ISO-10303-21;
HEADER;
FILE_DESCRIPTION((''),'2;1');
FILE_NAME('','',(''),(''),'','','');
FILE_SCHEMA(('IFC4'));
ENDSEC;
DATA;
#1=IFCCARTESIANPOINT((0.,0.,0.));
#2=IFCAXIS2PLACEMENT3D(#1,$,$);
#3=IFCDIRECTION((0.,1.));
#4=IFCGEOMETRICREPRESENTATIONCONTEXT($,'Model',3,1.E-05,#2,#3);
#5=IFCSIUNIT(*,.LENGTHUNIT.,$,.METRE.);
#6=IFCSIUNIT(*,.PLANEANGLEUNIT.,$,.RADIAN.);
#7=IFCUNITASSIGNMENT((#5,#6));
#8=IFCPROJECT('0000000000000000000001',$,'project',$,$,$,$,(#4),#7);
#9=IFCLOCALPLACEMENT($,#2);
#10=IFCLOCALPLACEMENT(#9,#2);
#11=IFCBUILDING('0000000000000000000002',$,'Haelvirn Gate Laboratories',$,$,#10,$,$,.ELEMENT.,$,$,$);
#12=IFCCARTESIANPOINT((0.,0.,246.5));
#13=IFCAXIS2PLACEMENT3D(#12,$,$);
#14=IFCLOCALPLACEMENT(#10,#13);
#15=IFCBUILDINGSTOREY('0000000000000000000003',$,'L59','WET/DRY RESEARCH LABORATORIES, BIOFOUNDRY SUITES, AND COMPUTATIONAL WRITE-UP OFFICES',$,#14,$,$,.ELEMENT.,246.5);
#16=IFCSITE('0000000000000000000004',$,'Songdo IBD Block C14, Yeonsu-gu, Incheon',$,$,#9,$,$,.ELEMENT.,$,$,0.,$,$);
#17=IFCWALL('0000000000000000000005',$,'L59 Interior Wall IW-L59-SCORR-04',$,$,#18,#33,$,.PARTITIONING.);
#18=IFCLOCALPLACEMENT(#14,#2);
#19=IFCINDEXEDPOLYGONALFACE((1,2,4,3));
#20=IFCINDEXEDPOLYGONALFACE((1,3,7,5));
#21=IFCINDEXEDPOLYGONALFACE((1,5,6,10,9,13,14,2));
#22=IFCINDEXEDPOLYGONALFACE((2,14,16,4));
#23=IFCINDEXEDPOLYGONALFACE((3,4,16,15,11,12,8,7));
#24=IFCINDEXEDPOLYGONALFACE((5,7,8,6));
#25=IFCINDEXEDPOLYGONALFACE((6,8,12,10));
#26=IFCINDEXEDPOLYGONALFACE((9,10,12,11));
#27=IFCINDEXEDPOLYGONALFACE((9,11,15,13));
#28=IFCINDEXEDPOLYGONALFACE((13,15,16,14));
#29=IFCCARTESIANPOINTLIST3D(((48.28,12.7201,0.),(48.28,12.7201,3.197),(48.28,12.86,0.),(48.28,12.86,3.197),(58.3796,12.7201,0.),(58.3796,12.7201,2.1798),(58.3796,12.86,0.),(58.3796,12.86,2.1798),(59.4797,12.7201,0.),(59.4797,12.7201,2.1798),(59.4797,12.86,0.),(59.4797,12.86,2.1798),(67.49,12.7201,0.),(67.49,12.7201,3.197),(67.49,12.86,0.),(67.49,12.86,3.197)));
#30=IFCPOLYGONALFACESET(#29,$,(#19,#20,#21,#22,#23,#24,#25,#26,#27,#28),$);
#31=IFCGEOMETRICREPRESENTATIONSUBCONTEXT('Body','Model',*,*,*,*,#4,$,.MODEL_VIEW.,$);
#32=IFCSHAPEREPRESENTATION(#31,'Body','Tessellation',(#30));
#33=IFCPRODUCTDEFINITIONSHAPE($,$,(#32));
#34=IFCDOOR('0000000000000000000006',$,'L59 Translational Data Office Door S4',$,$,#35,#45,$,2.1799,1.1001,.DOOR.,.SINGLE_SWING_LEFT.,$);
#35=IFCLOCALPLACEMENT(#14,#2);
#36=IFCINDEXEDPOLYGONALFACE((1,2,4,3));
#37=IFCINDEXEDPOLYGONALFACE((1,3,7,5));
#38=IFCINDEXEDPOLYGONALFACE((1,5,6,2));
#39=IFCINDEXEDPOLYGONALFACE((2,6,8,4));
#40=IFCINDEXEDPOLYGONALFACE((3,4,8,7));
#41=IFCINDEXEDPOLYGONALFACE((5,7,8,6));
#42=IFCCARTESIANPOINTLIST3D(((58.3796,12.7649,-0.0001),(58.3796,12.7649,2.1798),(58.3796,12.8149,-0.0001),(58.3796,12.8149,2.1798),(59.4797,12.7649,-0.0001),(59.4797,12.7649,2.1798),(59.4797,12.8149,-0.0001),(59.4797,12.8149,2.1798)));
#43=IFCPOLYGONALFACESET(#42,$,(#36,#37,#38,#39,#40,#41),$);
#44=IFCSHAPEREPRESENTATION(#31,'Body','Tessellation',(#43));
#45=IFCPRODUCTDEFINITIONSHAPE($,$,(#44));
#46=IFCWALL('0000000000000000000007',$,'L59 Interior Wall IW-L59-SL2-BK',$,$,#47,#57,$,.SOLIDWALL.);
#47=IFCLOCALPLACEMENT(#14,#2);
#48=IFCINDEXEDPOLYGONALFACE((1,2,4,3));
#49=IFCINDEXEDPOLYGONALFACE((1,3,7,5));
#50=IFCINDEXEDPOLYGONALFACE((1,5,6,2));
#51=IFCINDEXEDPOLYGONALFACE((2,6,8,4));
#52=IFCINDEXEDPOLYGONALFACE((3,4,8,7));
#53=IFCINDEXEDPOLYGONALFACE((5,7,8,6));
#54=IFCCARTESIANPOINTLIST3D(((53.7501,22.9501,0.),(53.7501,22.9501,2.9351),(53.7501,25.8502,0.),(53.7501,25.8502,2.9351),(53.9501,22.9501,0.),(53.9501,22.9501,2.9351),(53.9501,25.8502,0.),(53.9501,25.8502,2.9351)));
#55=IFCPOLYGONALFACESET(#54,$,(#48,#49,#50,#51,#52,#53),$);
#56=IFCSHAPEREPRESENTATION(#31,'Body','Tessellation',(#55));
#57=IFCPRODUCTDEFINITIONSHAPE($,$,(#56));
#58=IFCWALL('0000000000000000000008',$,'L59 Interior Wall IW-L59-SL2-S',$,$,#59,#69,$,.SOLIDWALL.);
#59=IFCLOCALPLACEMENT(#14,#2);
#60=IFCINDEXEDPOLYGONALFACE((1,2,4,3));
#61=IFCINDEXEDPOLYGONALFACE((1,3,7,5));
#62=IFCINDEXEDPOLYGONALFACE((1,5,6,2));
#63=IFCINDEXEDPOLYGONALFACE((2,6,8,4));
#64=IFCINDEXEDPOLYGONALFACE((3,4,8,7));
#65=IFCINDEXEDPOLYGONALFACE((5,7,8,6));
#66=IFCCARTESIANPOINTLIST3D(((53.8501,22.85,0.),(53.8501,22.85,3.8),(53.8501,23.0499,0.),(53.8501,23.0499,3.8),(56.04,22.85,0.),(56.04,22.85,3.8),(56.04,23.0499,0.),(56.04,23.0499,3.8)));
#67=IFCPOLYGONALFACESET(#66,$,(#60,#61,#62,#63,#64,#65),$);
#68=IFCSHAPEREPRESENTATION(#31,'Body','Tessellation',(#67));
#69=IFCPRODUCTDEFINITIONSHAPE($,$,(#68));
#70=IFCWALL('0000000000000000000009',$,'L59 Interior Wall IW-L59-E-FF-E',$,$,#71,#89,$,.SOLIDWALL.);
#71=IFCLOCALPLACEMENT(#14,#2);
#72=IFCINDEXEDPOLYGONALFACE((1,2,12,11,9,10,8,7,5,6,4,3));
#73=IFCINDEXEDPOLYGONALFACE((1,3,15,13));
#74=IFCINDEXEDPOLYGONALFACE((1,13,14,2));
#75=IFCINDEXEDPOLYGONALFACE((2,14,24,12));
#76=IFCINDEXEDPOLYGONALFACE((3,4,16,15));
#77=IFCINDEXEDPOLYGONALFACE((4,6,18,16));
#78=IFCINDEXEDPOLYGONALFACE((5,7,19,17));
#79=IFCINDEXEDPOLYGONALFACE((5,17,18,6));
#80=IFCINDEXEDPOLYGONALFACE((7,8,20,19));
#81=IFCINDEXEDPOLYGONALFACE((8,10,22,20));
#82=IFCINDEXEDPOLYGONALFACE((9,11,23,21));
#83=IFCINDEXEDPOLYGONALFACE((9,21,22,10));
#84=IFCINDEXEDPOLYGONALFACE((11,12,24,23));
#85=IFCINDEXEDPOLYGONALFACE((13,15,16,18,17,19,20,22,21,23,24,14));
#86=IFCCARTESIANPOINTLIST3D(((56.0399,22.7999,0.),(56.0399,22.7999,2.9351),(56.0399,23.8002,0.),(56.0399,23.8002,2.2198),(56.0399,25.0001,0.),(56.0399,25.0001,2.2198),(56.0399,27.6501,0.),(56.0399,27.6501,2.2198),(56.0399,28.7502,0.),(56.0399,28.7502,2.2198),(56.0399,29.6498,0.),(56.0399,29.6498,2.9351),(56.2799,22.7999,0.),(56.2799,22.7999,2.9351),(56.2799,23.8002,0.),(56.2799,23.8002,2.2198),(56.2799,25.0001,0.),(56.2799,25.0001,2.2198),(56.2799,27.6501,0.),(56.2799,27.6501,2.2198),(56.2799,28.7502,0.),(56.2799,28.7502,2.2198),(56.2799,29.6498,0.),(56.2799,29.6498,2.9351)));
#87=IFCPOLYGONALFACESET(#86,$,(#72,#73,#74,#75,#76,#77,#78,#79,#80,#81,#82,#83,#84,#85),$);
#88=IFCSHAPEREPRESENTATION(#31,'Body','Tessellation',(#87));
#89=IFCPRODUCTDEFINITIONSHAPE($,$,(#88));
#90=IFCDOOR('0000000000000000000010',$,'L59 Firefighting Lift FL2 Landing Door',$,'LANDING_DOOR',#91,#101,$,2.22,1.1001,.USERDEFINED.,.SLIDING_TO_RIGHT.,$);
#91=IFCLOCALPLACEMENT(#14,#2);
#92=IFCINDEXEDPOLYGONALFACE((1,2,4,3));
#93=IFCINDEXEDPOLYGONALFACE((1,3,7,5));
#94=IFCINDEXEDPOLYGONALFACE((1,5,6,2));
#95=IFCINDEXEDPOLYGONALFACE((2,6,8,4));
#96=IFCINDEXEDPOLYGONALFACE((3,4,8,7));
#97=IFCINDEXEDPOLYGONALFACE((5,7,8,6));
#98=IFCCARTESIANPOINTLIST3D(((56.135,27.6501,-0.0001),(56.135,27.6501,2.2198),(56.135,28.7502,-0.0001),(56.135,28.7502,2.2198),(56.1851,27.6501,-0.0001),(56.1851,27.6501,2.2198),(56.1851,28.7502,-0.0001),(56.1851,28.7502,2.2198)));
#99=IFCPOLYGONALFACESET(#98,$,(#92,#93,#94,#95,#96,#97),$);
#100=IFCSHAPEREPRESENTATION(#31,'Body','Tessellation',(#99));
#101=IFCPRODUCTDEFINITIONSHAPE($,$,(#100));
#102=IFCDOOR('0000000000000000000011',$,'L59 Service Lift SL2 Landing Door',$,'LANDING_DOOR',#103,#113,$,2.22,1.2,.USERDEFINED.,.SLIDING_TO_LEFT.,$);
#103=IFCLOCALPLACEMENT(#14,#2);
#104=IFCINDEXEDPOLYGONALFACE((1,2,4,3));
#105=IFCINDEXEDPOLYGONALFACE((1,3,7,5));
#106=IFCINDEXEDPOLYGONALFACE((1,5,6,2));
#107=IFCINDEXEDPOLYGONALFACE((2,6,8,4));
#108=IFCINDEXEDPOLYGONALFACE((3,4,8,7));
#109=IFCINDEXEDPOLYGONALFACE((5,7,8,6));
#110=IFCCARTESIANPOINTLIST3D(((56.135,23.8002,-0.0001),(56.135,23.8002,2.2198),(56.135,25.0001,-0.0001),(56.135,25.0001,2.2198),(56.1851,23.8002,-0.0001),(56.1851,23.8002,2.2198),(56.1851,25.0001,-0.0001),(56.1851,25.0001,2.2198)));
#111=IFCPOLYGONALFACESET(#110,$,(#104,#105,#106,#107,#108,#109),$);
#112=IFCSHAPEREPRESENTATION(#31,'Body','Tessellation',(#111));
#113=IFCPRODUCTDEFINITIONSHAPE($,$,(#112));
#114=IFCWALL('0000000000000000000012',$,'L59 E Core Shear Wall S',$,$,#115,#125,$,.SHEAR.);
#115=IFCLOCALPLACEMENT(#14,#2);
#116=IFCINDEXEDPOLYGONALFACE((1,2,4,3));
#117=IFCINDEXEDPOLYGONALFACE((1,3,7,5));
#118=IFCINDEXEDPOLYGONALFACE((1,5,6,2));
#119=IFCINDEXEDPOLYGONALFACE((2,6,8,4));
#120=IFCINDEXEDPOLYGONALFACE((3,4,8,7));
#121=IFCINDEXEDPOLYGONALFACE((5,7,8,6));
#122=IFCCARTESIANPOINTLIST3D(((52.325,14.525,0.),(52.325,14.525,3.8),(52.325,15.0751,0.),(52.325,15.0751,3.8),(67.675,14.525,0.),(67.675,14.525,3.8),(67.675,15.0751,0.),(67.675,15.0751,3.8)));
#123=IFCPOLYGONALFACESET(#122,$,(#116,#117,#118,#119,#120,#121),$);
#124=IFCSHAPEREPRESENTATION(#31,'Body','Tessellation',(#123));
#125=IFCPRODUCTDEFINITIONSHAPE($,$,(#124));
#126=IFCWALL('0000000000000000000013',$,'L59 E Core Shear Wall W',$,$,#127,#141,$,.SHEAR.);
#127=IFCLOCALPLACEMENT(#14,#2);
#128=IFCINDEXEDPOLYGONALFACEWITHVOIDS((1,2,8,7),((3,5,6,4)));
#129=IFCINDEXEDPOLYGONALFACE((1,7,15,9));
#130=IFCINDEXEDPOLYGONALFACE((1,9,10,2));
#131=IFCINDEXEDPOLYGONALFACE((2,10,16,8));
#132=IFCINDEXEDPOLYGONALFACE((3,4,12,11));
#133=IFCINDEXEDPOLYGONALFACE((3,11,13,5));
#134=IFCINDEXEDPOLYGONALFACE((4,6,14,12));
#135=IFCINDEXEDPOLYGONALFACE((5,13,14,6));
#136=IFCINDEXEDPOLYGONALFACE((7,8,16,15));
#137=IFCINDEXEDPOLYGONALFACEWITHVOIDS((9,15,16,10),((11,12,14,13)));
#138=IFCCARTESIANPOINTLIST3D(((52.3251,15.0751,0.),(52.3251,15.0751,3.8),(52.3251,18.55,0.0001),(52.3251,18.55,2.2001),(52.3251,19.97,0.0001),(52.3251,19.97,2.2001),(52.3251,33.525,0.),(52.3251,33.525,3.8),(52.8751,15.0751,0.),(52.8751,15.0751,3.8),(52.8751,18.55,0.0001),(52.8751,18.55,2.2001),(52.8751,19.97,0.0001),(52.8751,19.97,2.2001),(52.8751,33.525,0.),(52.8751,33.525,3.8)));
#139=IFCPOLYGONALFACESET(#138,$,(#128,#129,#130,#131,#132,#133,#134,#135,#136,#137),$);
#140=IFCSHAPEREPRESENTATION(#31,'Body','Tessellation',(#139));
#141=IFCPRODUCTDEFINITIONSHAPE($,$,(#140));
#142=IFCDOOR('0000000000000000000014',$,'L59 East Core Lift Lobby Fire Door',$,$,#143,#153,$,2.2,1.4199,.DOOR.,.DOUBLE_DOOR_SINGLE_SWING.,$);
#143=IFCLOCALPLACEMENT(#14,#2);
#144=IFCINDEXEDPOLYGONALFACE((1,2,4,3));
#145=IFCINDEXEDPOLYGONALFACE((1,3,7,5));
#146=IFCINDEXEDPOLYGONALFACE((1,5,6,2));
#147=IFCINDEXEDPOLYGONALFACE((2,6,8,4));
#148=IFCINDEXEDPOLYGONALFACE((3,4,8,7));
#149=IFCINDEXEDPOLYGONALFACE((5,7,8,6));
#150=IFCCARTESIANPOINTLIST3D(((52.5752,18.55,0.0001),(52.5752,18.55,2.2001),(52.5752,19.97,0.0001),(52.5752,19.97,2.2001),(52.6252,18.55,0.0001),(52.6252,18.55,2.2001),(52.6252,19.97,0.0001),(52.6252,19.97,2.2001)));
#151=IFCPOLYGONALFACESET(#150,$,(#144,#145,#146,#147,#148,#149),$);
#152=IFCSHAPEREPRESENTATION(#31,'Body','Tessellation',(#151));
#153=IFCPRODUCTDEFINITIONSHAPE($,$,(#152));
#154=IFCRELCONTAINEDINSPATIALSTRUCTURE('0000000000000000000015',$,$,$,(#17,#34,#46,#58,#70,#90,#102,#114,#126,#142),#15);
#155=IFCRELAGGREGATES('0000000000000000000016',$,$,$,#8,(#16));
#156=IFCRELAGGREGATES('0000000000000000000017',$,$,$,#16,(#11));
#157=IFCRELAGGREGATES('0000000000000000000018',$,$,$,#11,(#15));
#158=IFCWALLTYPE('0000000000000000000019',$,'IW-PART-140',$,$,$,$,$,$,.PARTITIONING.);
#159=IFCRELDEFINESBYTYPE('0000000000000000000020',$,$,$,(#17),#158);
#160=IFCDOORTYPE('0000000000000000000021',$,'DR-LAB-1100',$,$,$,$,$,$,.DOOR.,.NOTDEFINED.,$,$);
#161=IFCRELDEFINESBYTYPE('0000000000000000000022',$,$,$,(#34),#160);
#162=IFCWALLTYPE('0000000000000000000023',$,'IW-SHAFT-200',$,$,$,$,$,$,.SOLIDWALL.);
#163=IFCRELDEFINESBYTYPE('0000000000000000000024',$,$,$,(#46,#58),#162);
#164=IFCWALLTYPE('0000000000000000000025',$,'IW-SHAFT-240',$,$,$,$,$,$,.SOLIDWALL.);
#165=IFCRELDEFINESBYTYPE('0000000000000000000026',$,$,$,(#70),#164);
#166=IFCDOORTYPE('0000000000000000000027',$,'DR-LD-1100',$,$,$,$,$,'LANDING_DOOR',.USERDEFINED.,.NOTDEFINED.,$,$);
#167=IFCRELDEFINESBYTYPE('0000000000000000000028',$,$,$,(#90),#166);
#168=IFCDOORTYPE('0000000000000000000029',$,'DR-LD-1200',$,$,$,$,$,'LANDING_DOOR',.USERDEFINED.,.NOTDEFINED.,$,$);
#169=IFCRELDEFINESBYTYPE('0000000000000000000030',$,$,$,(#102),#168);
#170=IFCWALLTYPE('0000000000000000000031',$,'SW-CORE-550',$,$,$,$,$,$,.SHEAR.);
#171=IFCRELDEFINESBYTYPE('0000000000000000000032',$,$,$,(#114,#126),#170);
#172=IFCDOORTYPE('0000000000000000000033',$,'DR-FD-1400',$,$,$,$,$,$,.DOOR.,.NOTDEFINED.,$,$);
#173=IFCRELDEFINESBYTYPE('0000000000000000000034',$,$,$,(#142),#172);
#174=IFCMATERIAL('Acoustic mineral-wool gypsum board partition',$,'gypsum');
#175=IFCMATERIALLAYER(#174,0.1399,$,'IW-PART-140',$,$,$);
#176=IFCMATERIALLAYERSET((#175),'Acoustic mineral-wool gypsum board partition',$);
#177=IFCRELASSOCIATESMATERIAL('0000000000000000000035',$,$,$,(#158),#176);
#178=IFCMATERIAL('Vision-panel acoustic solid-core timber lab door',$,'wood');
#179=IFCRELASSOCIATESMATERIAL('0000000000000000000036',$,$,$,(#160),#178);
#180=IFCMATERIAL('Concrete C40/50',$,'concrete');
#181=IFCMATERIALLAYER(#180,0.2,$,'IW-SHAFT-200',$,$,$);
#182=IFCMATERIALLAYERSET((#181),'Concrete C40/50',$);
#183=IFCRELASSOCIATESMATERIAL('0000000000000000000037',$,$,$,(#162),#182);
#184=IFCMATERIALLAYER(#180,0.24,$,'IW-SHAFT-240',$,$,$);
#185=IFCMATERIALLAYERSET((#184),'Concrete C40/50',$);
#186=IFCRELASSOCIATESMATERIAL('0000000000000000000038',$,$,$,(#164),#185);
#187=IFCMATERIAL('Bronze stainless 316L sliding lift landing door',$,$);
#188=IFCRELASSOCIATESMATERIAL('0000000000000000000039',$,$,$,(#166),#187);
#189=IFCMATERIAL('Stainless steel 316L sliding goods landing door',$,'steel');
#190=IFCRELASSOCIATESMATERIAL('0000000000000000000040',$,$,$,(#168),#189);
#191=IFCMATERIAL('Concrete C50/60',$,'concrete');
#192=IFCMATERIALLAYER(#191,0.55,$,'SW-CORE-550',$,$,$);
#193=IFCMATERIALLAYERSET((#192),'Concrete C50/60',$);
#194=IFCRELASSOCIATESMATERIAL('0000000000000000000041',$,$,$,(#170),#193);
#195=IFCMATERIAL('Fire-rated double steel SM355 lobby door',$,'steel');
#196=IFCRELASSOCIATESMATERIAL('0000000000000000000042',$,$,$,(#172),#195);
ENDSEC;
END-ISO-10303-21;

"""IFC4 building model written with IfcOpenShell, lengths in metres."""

from ifc_helpers import new_model, si_unit, direction, frame, frame_2d, origin, place, context, subcontext, project, spatial, rectangle, extrude, source, transform, mapped, material, layer, layer_set, type_object, type_shapes, element, fill, save


model = new_model("IFC4")

# Units and contexts
model_context = context("Model", 3, precision=1e-05, world=origin(), true_north=direction((0.0, 1.0)))
body_context = subcontext(model_context, "Body", "Model", "MODEL_VIEW")
ifc_project = project(units=[si_unit("LENGTHUNIT", "METRE"), si_unit("PLANEANGLEUNIT", "RADIAN")], contexts=[model_context])

# Site, building, storey
site_placement = place(None, origin())
site = spatial("IfcSite", under=ifc_project, at=site_placement, Name="Songdo IBD Block C14, Yeonsu-gu, Incheon", CompositionType="ELEMENT", RefElevation=0.0)
building_placement = place(site_placement, origin())
building = spatial("IfcBuilding", under=site, at=building_placement, Name="Haelvirn Gate Laboratories", CompositionType="ELEMENT")
storey_placement = place(building_placement, frame((0.0, 0.0, 246.5)))
storey = spatial("IfcBuildingStorey", under=building, at=storey_placement, Name="L59", Description="WET/DRY RESEARCH LABORATORIES, BIOFOUNDRY SUITES, AND COMPUTATIONAL WRITE-UP OFFICES", CompositionType="ELEMENT", Elevation=246.5)

# Shared definitions
ifc_material_1 = material(Name="Concrete C50/60", Category="concrete")

# Wall, opening, door
ifc_material_2 = material(Name="Acoustic mineral-wool gypsum board partition", Category="gypsum")
ifc_layer_1 = layer(ifc_material_2, 0.1399, Name="IW-PART-140")
ifc_layer_set_1 = layer_set([ifc_layer_1], Name="Acoustic mineral-wool gypsum board partition")
wall_type_1 = type_object("IfcWallType", Name="IW-PART-140", PredefinedType="PARTITIONING", material=ifc_layer_set_1)
wall_1_placement = place(storey_placement, frame((48.28, 12.79, 0.0), z_axis=(0.0, 0.0, 1.0), x_axis=(1.0, 0.0, 0.0)))
wall_1 = element("IfcWall", 1, at=wall_1_placement, inside=storey, type_object=wall_type_1, Name="L59 Interior Wall IW-L59-SCORR-04", PredefinedType="PARTITIONING", context=body_context, shape_type="SweptSolid", body=[
    extrude(rectangle(XDim=19.21, YDim=0.1399, at=frame_2d((9.605, 0.0))), origin(), (0.0, 0.0, 1.0), 3.197),
])
opening_1_placement = place(wall_1_placement, frame((10.0996, 0.0, 0.0)))
opening_1 = element("IfcOpeningElement", 2, at=opening_1_placement, cuts=wall_1, PredefinedType="OPENING", context=body_context, shape_type="SweptSolid", body=[
    extrude(rectangle(XDim=1.1001, YDim=2.1799, at=frame_2d((0.55, 1.0898))), frame((0.0, 0.0801, 0.0), z_axis=(0.0, -1.0, 0.0), x_axis=(1.0, 0.0, 0.0)), (0.0, 0.0, 1.0), 0.1599),
])
ifc_material_3 = material(Name="Vision-panel acoustic solid-core timber lab door", Category="wood")
door_type_1 = type_object("IfcDoorType", Name="DR-LAB-1100", OperationType="NOTDEFINED", PredefinedType="DOOR", material=ifc_material_3)
shared_shape_1 = source(origin(), body_context, "Body", "SweptSolid", [
    extrude(rectangle(XDim=1.1001, YDim=2.1799, at=frame_2d((0.55, 1.0898))), frame((0.0, 0.0249, 0.0), z_axis=(0.0, -1.0, 0.0), x_axis=(1.0, 0.0, 0.0)), (0.0, 0.0, 1.0), 0.05),
])
type_shapes(door_type_1, [shared_shape_1])
door_1_placement = place(opening_1_placement, origin())
door_1 = element("IfcDoor", 3, at=door_1_placement, inside=storey, type_object=door_type_1, Name="L59 Translational Data Office Door S4", OperationType="SINGLE_SWING_LEFT", OverallHeight=2.1799, OverallWidth=1.1001, PredefinedType="DOOR", context=body_context, shape_type="MappedRepresentation", body=[
    mapped(shared_shape_1, transform((0.0, 0.0, 0.0), scale=1.0)),
])
fill(opening_1, door_1)

# Walls
ifc_material_4 = material(Name="Concrete C40/50", Category="concrete")
ifc_layer_2 = layer(ifc_material_4, 0.2, Name="IW-SHAFT-200")
ifc_layer_set_2 = layer_set([ifc_layer_2], Name="Concrete C40/50")
wall_type_2 = type_object("IfcWallType", Name="IW-SHAFT-200", PredefinedType="SOLIDWALL", material=ifc_layer_set_2)
wall_2_placement = place(storey_placement, frame((53.8501, 22.95, 0.0), z_axis=(0.0, 0.0, 1.0), x_axis=(0.0, 1.0, 0.0)))
element("IfcWall", 4, at=wall_2_placement, inside=storey, type_object=wall_type_2, Name="L59 Interior Wall IW-L59-SL2-BK", PredefinedType="SOLIDWALL", context=body_context, shape_type="SweptSolid", body=[
    extrude(rectangle(XDim=2.9001, YDim=0.2, at=frame_2d((1.4502, 0.0))), origin(), (0.0, 0.0, 1.0), 2.9351),
])
wall_3_placement = place(storey_placement, frame((53.8501, 22.95, 0.0), z_axis=(0.0, 0.0, 1.0), x_axis=(1.0, 0.0, 0.0)))
element("IfcWall", 5, at=wall_3_placement, inside=storey, type_object=wall_type_2, Name="L59 Interior Wall IW-L59-SL2-S", PredefinedType="SOLIDWALL", context=body_context, shape_type="SweptSolid", body=[
    extrude(rectangle(XDim=2.1899, YDim=0.2, at=frame_2d((1.095, 0.0))), origin(), (0.0, 0.0, 1.0), 3.8),
])

# Wall, openings, doors
ifc_layer_3 = layer(ifc_material_4, 0.24, Name="IW-SHAFT-240")
ifc_layer_set_3 = layer_set([ifc_layer_3], Name="Concrete C40/50")
wall_type_3 = type_object("IfcWallType", Name="IW-SHAFT-240", PredefinedType="SOLIDWALL", material=ifc_layer_set_3)
wall_4_placement = place(storey_placement, frame((56.1599, 22.8, 0.0), z_axis=(0.0, 0.0, 1.0), x_axis=(0.0, 1.0, 0.0)))
wall_4 = element("IfcWall", 6, at=wall_4_placement, inside=storey, type_object=wall_type_3, Name="L59 Interior Wall IW-L59-E-FF-E", PredefinedType="SOLIDWALL", context=body_context, shape_type="SweptSolid", body=[
    extrude(rectangle(XDim=6.8499, YDim=0.24, at=frame_2d((3.4248, 0.0))), origin(), (0.0, 0.0, 1.0), 2.9351),
])
opening_2_placement = place(wall_4_placement, frame((4.8501, 0.0, 0.0)))
opening_2 = element("IfcOpeningElement", 7, at=opening_2_placement, cuts=wall_4, PredefinedType="OPENING", context=body_context, shape_type="SweptSolid", body=[
    extrude(rectangle(XDim=1.1001, YDim=2.22, at=frame_2d((0.55, 1.1099))), frame((0.0, 0.1299, 0.0), z_axis=(0.0, -1.0, 0.0), x_axis=(1.0, 0.0, 0.0)), (0.0, 0.0, 1.0), 0.26),
])
opening_3_placement = place(wall_4_placement, frame((1.0, 0.0, 0.0)))
opening_3 = element("IfcOpeningElement", 8, at=opening_3_placement, cuts=wall_4, PredefinedType="OPENING", context=body_context, shape_type="SweptSolid", body=[
    extrude(rectangle(XDim=1.2, YDim=2.22, at=frame_2d((0.6001, 1.1099))), frame((0.0, 0.1299, 0.0), z_axis=(0.0, -1.0, 0.0), x_axis=(1.0, 0.0, 0.0)), (0.0, 0.0, 1.0), 0.26),
])
ifc_material_5 = material(Name="Bronze stainless 316L sliding lift landing door")
door_type_2 = type_object("IfcDoorType", Name="DR-LD-1100", ElementType="LANDING_DOOR", OperationType="NOTDEFINED", PredefinedType="USERDEFINED", material=ifc_material_5)
shared_shape_2 = source(origin(), body_context, "Body", "SweptSolid", [
    extrude(rectangle(XDim=1.1001, YDim=2.22, at=frame_2d((0.55, 1.1099))), frame((0.0, 0.0249, 0.0), z_axis=(0.0, -1.0, 0.0), x_axis=(1.0, 0.0, 0.0)), (0.0, 0.0, 1.0), 0.05),
])
type_shapes(door_type_2, [shared_shape_2])
door_2_placement = place(opening_2_placement, origin())
door_2 = element("IfcDoor", 9, at=door_2_placement, inside=storey, type_object=door_type_2, Name="L59 Firefighting Lift FL2 Landing Door", ObjectType="LANDING_DOOR", OperationType="SLIDING_TO_RIGHT", OverallHeight=2.22, OverallWidth=1.1001, PredefinedType="USERDEFINED", context=body_context, shape_type="MappedRepresentation", body=[
    mapped(shared_shape_2, transform((0.0, 0.0, 0.0), scale=1.0)),
])
fill(opening_2, door_2)
ifc_material_6 = material(Name="Stainless steel 316L sliding goods landing door", Category="steel")
door_type_3 = type_object("IfcDoorType", Name="DR-LD-1200", ElementType="LANDING_DOOR", OperationType="NOTDEFINED", PredefinedType="USERDEFINED", material=ifc_material_6)
shared_shape_3 = source(origin(), body_context, "Body", "SweptSolid", [
    extrude(rectangle(XDim=1.2, YDim=2.22, at=frame_2d((0.6001, 1.1099))), frame((0.0, 0.0249, 0.0), z_axis=(0.0, -1.0, 0.0), x_axis=(1.0, 0.0, 0.0)), (0.0, 0.0, 1.0), 0.05),
])
type_shapes(door_type_3, [shared_shape_3])
door_3_placement = place(opening_3_placement, origin())
door_3 = element("IfcDoor", 10, at=door_3_placement, inside=storey, type_object=door_type_3, Name="L59 Service Lift SL2 Landing Door", ObjectType="LANDING_DOOR", OperationType="SLIDING_TO_LEFT", OverallHeight=2.22, OverallWidth=1.2, PredefinedType="USERDEFINED", context=body_context, shape_type="MappedRepresentation", body=[
    mapped(shared_shape_3, transform((0.0, 0.0, 0.0), scale=1.0)),
])
fill(opening_3, door_3)

# Wall
ifc_layer_4 = layer(ifc_material_1, 0.55, Name="SW-CORE-550")
ifc_layer_set_4 = layer_set([ifc_layer_4], Name="Concrete C50/60")
wall_type_4 = type_object("IfcWallType", Name="SW-CORE-550", PredefinedType="SHEAR", material=ifc_layer_set_4)
wall_5_placement = place(storey_placement, frame((52.325, 14.8, 0.0), z_axis=(0.0, 0.0, 1.0), x_axis=(1.0, 0.0, 0.0)))
element("IfcWall", 11, at=wall_5_placement, inside=storey, type_object=wall_type_4, Name="L59 E Core Shear Wall S", PredefinedType="SHEAR", context=body_context, shape_type="SweptSolid", body=[
    extrude(rectangle(XDim=15.3501, YDim=0.55, at=frame_2d((7.675, 0.0))), origin(), (0.0, 0.0, 1.0), 3.8),
])

# Wall, opening, door
wall_6_placement = place(storey_placement, frame((52.6001, 15.075, 0.0), z_axis=(0.0, 0.0, 1.0), x_axis=(0.0, 1.0, 0.0)))
wall_6 = element("IfcWall", 12, at=wall_6_placement, inside=storey, type_object=wall_type_4, Name="L59 E Core Shear Wall W", PredefinedType="SHEAR", context=body_context, shape_type="SweptSolid", body=[
    extrude(rectangle(XDim=18.45, YDim=0.55, at=frame_2d((9.2251, 0.0))), origin(), (0.0, 0.0, 1.0), 3.8),
])
opening_4_placement = place(wall_6_placement, frame((3.4751, 0.0, 0.0)))
opening_4 = element("IfcOpeningElement", 13, at=opening_4_placement, cuts=wall_6, PredefinedType="OPENING", context=body_context, shape_type="SweptSolid", body=[
    extrude(rectangle(XDim=1.4199, YDim=2.2, at=frame_2d((0.71, 1.1001))), frame((0.0, 0.2852, 0.0), z_axis=(0.0, -1.0, 0.0), x_axis=(1.0, 0.0, 0.0)), (0.0, 0.0, 1.0), 0.5701),
])
ifc_material_7 = material(Name="Fire-rated double steel SM355 lobby door", Category="steel")
door_type_4 = type_object("IfcDoorType", Name="DR-FD-1400", OperationType="NOTDEFINED", PredefinedType="DOOR", material=ifc_material_7)
shared_shape_4 = source(origin(), body_context, "Body", "SweptSolid", [
    extrude(rectangle(XDim=1.4199, YDim=2.2, at=frame_2d((0.71, 1.1001))), frame((0.0, 0.0249, 0.0), z_axis=(0.0, -1.0, 0.0), x_axis=(1.0, 0.0, 0.0)), (0.0, 0.0, 1.0), 0.05),
])
type_shapes(door_type_4, [shared_shape_4])
door_4_placement = place(opening_4_placement, origin())
door_4 = element("IfcDoor", 14, at=door_4_placement, inside=storey, type_object=door_type_4, Name="L59 East Core Lift Lobby Fire Door", OperationType="DOUBLE_DOOR_SINGLE_SWING", OverallHeight=2.2, OverallWidth=1.4199, PredefinedType="DOOR", context=body_context, shape_type="MappedRepresentation", body=[
    mapped(shared_shape_4, transform((0.0, 0.0, 0.0), scale=1.0)),
])
fill(opening_4, door_4)

save(model, "model.ifc")
